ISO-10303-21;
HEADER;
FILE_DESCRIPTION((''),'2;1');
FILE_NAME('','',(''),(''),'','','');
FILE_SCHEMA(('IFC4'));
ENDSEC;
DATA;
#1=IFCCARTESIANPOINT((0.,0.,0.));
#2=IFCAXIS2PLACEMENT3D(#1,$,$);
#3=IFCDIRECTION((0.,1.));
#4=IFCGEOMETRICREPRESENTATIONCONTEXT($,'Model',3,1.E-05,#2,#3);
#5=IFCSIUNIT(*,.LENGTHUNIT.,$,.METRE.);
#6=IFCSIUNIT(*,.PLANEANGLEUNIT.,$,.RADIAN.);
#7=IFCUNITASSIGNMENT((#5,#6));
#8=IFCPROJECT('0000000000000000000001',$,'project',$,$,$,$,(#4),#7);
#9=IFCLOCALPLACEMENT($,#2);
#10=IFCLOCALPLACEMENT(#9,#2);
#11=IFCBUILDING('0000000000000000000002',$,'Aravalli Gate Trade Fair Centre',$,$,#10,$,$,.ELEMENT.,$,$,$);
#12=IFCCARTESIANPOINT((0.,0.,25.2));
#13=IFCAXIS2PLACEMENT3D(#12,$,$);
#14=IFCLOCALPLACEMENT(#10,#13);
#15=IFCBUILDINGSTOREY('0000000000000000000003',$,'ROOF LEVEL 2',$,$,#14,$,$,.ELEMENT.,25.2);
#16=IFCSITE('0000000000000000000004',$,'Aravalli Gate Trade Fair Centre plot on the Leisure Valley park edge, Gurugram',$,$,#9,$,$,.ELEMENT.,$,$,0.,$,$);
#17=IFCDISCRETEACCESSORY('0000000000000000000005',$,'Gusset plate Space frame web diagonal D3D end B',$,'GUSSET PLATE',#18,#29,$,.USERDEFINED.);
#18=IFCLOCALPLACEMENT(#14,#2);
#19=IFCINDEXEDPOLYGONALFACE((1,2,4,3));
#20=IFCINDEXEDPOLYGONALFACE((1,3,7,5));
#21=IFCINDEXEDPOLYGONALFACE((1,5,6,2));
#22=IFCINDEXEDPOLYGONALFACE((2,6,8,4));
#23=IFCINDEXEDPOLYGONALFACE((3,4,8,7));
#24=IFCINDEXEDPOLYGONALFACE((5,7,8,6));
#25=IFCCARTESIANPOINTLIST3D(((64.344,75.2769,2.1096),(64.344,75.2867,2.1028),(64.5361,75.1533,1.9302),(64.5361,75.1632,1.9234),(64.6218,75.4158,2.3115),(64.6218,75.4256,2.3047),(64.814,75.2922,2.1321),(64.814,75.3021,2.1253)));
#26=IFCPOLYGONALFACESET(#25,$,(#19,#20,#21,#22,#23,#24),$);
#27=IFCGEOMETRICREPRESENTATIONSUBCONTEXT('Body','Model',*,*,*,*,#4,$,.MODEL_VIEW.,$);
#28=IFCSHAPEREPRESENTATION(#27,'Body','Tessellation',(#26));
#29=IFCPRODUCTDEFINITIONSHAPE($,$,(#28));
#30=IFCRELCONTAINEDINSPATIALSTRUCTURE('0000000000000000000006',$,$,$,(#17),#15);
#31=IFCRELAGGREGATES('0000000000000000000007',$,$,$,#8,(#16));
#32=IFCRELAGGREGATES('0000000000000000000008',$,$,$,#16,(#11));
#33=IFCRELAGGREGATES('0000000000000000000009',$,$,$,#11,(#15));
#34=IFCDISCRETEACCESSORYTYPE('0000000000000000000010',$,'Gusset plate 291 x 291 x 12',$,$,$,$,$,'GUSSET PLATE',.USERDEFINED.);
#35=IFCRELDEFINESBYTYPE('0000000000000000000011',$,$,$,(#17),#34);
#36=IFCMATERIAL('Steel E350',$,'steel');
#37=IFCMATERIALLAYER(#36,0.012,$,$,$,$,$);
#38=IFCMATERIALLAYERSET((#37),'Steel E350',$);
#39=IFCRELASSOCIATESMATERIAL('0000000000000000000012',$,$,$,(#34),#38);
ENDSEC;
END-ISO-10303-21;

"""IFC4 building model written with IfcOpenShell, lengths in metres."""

from ifc_helpers import new_model, si_unit, direction, frame, origin, place, context, subcontext, project, spatial, polyline, outline, extrude, material, layer, layer_set, type_object, element, save


model = new_model("IFC4")

# Units and contexts
model_context = context("Model", 3, precision=1e-05, world=origin(), true_north=direction((0.0, 1.0)))
body_context = subcontext(model_context, "Body", "Model", "MODEL_VIEW")
ifc_project = project(units=[si_unit("LENGTHUNIT", "METRE"), si_unit("PLANEANGLEUNIT", "RADIAN")], contexts=[model_context])

# Site, building, storey
site_placement = place(None, origin())
site = spatial("IfcSite", under=ifc_project, at=site_placement, Name="Aravalli Gate Trade Fair Centre plot on the Leisure Valley park edge, Gurugram", CompositionType="ELEMENT", RefElevation=0.0)
building_placement = place(site_placement, origin())
building = spatial("IfcBuilding", under=site, at=building_placement, Name="Aravalli Gate Trade Fair Centre", CompositionType="ELEMENT")
storey_placement = place(building_placement, frame((0.0, 0.0, 25.2)))
storey = spatial("IfcBuildingStorey", under=building, at=storey_placement, Name="ROOF LEVEL 2", CompositionType="ELEMENT", Elevation=25.2)

# Shared definitions
ifc_material = material(Name="Steel E350", Category="steel")

# Discrete accessory
ifc_layer = layer(ifc_material, 0.012)
ifc_layer_set = layer_set([ifc_layer], Name="Steel E350")
discrete_accessory_type = type_object("IfcDiscreteAccessoryType", Name="Gusset plate 291 x 291 x 12", ElementType="GUSSET PLATE", PredefinedType="USERDEFINED", material=ifc_layer_set)
discrete_accessory_1_placement = place(storey_placement, frame((64.6218, 75.4158, 2.3115), z_axis=(-0.000137, -0.82375, 0.566952), x_axis=(-0.749929, -0.374965, -0.544984)))
element("IfcDiscreteAccessory", 1, at=discrete_accessory_1_placement, inside=storey, type_object=discrete_accessory_type, Name="Gusset plate Space frame web diagonal D3D end B", ObjectType="GUSSET PLATE", PredefinedType="USERDEFINED", context=body_context, shape_type="SweptSolid", body=[
    extrude(outline(polyline([(0.0, 0.0), (0.3705, 0.0), (0.3705, 0.2905), (0.0, 0.2905), (0.0, 0.0)])), origin(), (0.0, 0.0, -1.0), 0.012),
])

save(model, "model.ifc")
